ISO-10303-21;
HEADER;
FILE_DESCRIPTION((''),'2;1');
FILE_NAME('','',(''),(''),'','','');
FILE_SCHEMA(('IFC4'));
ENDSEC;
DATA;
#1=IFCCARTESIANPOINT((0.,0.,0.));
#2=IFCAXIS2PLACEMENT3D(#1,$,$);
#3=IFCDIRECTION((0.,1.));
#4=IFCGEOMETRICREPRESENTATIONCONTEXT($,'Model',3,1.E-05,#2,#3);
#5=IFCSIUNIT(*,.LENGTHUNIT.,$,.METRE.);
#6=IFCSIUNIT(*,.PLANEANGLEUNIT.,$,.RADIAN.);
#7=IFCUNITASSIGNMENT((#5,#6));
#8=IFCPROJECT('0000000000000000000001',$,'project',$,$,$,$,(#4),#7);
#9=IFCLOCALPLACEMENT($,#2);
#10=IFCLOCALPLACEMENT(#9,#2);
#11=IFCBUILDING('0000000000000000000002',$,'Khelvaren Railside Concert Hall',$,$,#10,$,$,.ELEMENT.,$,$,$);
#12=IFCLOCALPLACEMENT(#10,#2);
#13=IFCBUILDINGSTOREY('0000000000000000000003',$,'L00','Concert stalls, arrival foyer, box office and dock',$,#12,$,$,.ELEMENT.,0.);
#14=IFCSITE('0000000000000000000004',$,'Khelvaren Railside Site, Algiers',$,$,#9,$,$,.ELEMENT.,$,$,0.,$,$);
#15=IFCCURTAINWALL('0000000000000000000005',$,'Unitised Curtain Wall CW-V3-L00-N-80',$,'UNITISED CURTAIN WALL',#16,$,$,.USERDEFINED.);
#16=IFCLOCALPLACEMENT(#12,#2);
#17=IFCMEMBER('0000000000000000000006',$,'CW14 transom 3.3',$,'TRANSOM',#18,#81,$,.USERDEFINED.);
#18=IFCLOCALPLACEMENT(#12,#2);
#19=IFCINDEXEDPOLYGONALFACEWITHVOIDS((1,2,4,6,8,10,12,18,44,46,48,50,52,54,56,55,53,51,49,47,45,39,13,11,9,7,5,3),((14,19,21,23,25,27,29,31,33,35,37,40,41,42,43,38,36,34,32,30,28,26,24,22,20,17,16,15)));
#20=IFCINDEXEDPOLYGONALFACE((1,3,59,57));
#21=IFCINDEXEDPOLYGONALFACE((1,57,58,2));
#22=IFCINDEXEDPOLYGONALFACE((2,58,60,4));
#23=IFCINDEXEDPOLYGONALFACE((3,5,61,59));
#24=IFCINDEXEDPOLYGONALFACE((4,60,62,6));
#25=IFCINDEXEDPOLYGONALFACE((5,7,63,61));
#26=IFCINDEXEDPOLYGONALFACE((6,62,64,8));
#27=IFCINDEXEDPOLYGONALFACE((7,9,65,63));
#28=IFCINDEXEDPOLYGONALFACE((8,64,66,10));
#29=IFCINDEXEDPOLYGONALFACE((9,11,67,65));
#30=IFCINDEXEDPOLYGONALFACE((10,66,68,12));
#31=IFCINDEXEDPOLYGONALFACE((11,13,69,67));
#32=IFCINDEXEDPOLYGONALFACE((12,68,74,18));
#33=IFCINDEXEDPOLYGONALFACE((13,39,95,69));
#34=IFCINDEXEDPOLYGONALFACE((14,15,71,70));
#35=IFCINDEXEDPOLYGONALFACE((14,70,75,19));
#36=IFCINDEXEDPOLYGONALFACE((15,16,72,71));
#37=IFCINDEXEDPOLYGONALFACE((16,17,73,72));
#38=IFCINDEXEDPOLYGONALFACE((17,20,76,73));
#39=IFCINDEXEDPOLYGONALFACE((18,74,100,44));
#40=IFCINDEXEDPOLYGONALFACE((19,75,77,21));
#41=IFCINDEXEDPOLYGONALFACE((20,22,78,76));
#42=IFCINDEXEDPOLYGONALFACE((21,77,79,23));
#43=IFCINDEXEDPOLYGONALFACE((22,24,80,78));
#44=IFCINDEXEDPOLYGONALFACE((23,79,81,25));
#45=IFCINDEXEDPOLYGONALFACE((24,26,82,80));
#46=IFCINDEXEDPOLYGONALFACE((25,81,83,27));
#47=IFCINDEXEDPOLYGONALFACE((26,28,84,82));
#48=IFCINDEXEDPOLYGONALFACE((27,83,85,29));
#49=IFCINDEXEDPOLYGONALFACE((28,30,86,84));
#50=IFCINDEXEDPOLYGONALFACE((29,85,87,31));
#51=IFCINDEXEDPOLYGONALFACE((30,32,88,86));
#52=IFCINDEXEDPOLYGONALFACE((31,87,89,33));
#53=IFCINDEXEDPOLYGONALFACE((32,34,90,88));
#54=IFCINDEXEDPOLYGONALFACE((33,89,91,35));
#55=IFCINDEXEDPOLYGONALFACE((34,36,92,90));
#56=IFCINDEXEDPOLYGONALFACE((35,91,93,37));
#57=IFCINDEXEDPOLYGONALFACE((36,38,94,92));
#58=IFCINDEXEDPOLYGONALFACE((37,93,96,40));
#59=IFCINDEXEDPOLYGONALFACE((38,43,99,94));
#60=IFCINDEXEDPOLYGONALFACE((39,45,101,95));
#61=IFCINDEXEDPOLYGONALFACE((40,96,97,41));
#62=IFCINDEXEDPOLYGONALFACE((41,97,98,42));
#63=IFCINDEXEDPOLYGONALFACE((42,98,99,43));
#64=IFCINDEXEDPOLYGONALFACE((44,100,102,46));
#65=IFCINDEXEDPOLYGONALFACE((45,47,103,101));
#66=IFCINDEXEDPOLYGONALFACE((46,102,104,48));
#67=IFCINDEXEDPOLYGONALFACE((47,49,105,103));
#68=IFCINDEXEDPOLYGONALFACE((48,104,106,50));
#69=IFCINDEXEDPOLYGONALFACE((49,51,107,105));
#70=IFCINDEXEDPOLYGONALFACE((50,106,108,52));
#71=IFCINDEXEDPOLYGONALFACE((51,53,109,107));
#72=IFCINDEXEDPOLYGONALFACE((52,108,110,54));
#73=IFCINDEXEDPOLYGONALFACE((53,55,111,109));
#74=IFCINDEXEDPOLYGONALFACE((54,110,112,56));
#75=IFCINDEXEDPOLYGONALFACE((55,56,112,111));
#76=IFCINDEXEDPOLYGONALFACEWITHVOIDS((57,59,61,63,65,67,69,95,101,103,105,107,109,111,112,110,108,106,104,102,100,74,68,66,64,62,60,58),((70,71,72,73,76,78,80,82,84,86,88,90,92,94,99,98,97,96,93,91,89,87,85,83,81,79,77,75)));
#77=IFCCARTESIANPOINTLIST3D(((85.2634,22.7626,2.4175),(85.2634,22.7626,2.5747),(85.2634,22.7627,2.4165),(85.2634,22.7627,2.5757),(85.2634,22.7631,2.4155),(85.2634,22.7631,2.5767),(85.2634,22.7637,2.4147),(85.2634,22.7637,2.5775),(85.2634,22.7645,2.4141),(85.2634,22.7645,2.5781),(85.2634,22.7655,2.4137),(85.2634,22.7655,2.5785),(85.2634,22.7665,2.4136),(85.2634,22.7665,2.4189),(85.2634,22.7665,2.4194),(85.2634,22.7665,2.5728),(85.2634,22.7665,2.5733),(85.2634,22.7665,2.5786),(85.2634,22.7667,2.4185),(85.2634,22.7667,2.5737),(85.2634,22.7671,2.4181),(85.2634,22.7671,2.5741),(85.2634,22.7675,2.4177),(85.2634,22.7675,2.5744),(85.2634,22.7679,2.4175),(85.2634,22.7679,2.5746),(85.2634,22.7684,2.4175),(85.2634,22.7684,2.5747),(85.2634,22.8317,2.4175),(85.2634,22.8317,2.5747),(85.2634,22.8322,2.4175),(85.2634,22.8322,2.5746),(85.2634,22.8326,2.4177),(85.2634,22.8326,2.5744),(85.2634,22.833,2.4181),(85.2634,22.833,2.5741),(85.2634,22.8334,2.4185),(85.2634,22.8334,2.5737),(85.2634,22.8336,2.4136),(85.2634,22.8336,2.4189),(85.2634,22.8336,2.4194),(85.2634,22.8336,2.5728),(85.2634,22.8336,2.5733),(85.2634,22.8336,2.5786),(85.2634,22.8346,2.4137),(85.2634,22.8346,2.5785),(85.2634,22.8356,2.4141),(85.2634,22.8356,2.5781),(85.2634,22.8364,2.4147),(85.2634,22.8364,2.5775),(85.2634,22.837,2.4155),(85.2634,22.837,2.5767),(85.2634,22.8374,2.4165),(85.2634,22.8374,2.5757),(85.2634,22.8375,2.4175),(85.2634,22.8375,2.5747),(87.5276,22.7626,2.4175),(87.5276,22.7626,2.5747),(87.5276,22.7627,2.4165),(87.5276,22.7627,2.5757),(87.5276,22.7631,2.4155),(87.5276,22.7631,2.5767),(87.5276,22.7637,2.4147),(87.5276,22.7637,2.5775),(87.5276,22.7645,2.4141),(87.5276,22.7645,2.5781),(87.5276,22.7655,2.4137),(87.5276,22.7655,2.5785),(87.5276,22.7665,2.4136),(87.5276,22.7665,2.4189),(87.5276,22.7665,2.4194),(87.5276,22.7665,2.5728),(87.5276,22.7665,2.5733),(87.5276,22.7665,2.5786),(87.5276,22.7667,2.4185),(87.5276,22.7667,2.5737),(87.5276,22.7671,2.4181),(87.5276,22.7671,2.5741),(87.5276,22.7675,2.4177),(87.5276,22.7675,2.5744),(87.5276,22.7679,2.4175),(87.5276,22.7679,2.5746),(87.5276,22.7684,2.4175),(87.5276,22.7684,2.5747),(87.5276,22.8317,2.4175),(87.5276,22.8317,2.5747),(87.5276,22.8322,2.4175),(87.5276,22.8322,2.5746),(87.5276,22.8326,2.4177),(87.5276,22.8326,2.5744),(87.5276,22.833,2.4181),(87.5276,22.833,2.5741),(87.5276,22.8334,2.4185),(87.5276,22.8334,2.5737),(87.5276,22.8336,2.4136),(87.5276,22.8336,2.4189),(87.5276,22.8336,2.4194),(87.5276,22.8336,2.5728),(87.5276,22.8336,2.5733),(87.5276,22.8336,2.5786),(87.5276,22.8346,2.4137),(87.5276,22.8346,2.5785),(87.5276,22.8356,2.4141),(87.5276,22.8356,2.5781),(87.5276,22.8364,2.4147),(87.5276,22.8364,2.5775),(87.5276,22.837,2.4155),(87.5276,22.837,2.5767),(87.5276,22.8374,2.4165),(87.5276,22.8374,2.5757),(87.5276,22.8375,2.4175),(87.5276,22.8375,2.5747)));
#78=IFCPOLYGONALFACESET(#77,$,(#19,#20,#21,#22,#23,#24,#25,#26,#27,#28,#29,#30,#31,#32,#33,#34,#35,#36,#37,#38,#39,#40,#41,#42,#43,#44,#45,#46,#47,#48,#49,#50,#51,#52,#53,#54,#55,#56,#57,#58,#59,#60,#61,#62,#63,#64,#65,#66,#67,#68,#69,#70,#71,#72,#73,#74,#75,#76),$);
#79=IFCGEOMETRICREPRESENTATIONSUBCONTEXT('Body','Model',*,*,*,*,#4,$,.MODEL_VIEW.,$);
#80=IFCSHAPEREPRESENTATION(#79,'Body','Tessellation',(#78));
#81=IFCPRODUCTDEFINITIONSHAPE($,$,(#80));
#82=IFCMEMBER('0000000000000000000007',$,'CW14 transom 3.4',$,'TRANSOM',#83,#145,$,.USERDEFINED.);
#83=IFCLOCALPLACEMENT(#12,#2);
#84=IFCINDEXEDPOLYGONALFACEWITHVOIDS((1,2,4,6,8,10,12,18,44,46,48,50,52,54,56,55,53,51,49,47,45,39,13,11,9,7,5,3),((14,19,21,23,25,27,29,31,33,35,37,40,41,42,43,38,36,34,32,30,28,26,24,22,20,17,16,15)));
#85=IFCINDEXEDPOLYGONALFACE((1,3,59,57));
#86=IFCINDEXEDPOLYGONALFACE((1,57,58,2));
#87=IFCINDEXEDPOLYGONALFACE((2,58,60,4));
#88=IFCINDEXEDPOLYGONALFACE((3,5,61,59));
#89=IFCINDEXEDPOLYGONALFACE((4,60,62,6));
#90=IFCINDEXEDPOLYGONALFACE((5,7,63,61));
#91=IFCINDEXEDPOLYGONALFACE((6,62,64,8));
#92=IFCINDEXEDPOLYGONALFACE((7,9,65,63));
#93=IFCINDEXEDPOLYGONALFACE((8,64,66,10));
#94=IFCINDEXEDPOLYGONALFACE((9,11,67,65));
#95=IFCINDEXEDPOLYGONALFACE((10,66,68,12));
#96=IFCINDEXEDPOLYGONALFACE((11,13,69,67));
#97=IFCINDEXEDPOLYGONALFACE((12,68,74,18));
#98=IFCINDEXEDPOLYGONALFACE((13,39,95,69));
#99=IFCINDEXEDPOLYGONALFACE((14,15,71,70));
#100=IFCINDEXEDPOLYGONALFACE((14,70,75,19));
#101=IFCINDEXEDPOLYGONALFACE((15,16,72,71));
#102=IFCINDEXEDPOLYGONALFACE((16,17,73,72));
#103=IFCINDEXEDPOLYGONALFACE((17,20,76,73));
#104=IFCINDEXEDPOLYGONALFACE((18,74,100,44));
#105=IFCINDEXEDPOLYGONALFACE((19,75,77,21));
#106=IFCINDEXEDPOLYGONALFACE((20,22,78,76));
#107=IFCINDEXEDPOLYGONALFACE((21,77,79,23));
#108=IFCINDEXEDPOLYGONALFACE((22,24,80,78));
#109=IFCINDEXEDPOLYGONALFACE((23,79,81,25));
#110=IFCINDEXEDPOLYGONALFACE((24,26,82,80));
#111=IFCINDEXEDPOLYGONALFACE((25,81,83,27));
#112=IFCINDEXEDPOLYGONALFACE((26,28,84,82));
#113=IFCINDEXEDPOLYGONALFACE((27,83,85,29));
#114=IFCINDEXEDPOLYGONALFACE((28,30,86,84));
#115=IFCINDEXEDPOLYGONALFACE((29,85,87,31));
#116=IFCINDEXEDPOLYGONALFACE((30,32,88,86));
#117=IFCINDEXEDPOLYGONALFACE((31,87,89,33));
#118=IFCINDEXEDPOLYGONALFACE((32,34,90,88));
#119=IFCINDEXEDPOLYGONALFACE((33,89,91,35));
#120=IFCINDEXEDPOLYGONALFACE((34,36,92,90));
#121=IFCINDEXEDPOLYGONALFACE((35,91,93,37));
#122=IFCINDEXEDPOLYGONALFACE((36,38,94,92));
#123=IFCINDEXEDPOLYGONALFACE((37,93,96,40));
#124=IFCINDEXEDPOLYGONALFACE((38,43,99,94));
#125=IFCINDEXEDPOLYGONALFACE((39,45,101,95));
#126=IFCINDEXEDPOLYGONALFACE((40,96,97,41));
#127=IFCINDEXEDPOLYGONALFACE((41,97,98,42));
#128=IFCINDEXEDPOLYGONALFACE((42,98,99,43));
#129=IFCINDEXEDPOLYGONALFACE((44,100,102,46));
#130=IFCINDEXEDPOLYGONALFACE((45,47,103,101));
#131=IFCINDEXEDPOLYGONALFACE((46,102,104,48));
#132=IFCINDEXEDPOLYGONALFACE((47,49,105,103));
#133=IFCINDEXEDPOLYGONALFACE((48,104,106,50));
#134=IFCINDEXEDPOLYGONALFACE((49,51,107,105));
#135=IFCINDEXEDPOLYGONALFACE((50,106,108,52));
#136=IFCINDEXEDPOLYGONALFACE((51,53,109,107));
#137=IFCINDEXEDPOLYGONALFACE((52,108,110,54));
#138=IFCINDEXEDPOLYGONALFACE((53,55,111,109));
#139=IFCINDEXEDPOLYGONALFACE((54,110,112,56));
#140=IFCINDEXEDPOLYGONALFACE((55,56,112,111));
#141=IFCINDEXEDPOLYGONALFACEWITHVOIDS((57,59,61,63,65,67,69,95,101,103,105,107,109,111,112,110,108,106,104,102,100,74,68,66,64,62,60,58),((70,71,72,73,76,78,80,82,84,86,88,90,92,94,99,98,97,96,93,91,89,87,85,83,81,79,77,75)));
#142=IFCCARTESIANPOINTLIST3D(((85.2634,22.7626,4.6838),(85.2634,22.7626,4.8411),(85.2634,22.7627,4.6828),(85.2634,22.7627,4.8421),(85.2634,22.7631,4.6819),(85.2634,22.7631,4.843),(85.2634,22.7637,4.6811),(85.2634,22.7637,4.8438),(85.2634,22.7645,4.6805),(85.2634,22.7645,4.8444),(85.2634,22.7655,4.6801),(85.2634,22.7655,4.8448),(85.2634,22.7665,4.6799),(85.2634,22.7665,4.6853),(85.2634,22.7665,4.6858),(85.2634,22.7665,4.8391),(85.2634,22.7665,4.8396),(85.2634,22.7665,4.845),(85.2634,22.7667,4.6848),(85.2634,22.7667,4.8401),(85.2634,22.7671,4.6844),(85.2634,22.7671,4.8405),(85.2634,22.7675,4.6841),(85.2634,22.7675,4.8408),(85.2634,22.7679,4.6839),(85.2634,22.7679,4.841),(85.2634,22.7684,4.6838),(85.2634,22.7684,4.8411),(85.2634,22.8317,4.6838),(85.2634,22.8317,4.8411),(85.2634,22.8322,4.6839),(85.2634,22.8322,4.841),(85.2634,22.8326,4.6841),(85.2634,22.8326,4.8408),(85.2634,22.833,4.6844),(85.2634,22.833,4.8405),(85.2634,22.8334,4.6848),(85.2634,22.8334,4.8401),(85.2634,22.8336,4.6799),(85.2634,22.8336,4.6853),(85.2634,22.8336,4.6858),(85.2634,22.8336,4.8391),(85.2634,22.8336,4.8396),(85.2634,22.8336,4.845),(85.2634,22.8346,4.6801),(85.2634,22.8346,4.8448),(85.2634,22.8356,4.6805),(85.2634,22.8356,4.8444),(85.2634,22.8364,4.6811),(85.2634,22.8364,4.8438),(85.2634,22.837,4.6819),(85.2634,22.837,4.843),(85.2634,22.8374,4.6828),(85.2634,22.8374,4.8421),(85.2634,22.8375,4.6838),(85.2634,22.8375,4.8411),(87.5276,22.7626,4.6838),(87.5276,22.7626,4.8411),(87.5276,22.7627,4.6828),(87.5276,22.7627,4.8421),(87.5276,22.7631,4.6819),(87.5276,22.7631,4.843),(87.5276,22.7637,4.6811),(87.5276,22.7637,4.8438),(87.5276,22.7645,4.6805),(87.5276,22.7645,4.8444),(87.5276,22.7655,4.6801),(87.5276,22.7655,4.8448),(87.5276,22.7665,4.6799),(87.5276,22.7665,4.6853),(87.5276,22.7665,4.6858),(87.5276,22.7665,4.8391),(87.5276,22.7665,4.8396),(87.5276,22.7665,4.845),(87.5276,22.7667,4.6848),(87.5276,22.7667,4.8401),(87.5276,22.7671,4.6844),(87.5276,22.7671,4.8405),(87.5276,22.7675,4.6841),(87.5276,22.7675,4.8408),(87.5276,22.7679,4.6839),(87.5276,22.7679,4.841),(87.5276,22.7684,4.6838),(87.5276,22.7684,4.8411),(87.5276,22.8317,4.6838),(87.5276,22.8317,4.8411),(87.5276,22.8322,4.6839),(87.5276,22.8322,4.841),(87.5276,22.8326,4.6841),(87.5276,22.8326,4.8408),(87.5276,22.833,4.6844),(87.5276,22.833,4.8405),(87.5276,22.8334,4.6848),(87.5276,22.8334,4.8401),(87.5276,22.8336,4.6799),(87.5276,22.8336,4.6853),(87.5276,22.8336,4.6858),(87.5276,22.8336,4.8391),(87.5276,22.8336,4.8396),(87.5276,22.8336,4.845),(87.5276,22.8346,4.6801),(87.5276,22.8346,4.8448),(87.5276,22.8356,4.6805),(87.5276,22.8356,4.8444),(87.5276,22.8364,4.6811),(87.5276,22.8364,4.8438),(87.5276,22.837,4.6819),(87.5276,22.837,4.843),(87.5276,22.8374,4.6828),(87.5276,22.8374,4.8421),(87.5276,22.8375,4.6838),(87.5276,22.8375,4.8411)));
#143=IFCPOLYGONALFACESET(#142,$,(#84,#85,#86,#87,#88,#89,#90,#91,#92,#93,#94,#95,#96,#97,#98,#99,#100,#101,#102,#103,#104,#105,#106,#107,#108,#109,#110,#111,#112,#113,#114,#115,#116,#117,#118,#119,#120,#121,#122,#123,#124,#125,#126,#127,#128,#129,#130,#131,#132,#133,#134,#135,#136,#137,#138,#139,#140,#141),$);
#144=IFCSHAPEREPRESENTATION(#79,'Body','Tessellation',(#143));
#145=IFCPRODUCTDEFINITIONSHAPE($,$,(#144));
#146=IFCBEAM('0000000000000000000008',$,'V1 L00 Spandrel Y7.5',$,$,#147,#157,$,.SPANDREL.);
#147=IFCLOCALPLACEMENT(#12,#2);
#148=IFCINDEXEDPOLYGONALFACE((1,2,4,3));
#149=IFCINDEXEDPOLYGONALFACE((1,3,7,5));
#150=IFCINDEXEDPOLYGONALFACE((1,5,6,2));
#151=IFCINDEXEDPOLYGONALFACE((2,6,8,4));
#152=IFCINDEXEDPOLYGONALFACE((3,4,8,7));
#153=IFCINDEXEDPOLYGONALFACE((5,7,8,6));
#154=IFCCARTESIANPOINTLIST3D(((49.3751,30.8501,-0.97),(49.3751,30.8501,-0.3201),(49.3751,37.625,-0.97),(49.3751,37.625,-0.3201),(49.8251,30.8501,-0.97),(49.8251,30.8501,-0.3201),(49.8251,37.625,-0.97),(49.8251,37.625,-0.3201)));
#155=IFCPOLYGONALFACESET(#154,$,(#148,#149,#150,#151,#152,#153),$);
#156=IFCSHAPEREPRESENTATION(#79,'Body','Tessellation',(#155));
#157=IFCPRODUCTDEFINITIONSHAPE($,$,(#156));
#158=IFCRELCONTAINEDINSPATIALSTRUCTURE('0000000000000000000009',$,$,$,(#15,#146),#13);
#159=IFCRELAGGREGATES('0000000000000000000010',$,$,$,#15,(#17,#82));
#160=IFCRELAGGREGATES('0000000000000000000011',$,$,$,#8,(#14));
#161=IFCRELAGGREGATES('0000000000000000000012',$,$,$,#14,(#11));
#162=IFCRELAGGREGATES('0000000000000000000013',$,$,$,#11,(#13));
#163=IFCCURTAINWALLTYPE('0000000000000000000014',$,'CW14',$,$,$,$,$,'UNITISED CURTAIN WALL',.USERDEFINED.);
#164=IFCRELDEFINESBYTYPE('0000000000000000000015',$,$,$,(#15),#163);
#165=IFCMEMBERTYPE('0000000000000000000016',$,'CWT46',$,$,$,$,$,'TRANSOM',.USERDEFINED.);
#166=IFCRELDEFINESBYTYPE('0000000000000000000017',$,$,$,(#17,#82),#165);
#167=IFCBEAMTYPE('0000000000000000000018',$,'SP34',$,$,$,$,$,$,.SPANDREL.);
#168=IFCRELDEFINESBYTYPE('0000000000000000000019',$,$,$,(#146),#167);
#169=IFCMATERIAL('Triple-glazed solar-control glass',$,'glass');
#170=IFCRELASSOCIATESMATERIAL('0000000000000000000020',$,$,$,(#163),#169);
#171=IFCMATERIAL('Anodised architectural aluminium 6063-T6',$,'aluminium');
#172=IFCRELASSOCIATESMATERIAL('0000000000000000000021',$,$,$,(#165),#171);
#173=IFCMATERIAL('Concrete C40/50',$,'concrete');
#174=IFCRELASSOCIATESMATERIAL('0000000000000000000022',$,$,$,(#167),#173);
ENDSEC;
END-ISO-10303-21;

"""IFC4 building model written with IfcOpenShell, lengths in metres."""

from ifc_helpers import new_model, si_unit, direction, frame, origin, origin_2d, place, context, subcontext, project, spatial, rectangle, hollow_rectangle, extrude, material, material_profile, profile_set, type_object, element, aggregate, save


model = new_model("IFC4")

# Units and contexts
model_context = context("Model", 3, precision=1e-05, world=origin(), true_north=direction((0.0, 1.0)))
body_context = subcontext(model_context, "Body", "Model", "MODEL_VIEW")
ifc_project = project(units=[si_unit("LENGTHUNIT", "METRE"), si_unit("PLANEANGLEUNIT", "RADIAN")], contexts=[model_context])

# Site, building, storey
site_placement = place(None, origin())
site = spatial("IfcSite", under=ifc_project, at=site_placement, Name="Khelvaren Railside Site, Algiers", CompositionType="ELEMENT", RefElevation=0.0)
building_placement = place(site_placement, origin())
building = spatial("IfcBuilding", under=site, at=building_placement, Name="Khelvaren Railside Concert Hall", CompositionType="ELEMENT")
storey_placement = place(building_placement, origin())
storey = spatial("IfcBuildingStorey", under=building, at=storey_placement, Name="L00", Description="Concert stalls, arrival foyer, box office and dock", CompositionType="ELEMENT", Elevation=0.0)

# Curtain wall, members
ifc_material_1 = material(Name="Triple-glazed solar-control glass", Category="glass")
curtain_wall_type = type_object("IfcCurtainWallType", Name="CW14", ElementType="UNITISED CURTAIN WALL", PredefinedType="USERDEFINED", material=ifc_material_1)
curtain_wall_placement = place(storey_placement, origin())
curtain_wall = element("IfcCurtainWall", 1, at=curtain_wall_placement, inside=storey, type_object=curtain_wall_type, Name="Unitised Curtain Wall CW-V3-L00-N-80", ObjectType="UNITISED CURTAIN WALL", PredefinedType="USERDEFINED")
ifc_material_2 = material(Name="Anodised architectural aluminium 6063-T6", Category="aluminium")
ifc_material_profile_1 = material_profile(ifc_material_2, hollow_rectangle(XDim=0.075, YDim=0.165, WallThickness=0.0039, InnerFilletRadius=0.002, OuterFilletRadius=0.0039, at=origin_2d()), Name="CWT 75x165x4")
ifc_profile_set_1 = profile_set([ifc_material_profile_1], Name="Anodised architectural aluminium 6063-T6")
member_type_1 = type_object("IfcMemberType", Name="CWT46", ElementType="TRANSOM", PredefinedType="USERDEFINED", material=ifc_profile_set_1)
member_1_placement = place(storey_placement, frame((85.2634, 22.8, 2.4961), z_axis=(1.0, 0.0, 0.0), x_axis=(0.0, 1.0, 0.0)))
member_1 = element("IfcMember", 2, at=member_1_placement, type_object=member_type_1, Name="CW14 transom 3.3", ObjectType="TRANSOM", PredefinedType="USERDEFINED", context=body_context, shape_type="SweptSolid", body=[
    extrude(hollow_rectangle(XDim=0.075, YDim=0.165, WallThickness=0.0039, InnerFilletRadius=0.002, OuterFilletRadius=0.0039, at=origin_2d()), origin(), (0.0, 0.0, 1.0), 2.2642),
])
member_2_placement = place(storey_placement, frame((85.2634, 22.8, 4.7625), z_axis=(1.0, 0.0, 0.0), x_axis=(0.0, 1.0, 0.0)))
member_2 = element("IfcMember", 3, at=member_2_placement, type_object=member_type_1, Name="CW14 transom 3.4", ObjectType="TRANSOM", PredefinedType="USERDEFINED", context=body_context, shape_type="SweptSolid", body=[
    extrude(hollow_rectangle(XDim=0.075, YDim=0.165, WallThickness=0.0039, InnerFilletRadius=0.002, OuterFilletRadius=0.0039, at=origin_2d()), origin(), (0.0, 0.0, 1.0), 2.2642),
])

# Beam
ifc_material_3 = material(Name="Concrete C40/50", Category="concrete")
ifc_material_profile_2 = material_profile(ifc_material_3, rectangle(XDim=0.45, YDim=0.6499, at=origin_2d()), Name="RCB 450x650")
ifc_profile_set_2 = profile_set([ifc_material_profile_2], Name="Concrete C40/50")
beam_type_1 = type_object("IfcBeamType", Name="SP34", PredefinedType="SPANDREL", material=ifc_profile_set_2)
beam_1_placement = place(storey_placement, frame((49.6001, 30.8501, -0.645), z_axis=(0.0, 1.0, 0.0), x_axis=(-1.0, 0.0, 0.0)))
element("IfcBeam", 4, at=beam_1_placement, inside=storey, type_object=beam_type_1, Name="V1 L00 Spandrel Y7.5", PredefinedType="SPANDREL", context=body_context, shape_type="SweptSolid", body=[
    extrude(rectangle(XDim=0.45, YDim=0.6499, at=origin_2d()), origin(), (0.0, 0.0, 1.0), 6.7749),
])

aggregate(curtain_wall, [member_1, member_2])

save(model, "model.ifc")
